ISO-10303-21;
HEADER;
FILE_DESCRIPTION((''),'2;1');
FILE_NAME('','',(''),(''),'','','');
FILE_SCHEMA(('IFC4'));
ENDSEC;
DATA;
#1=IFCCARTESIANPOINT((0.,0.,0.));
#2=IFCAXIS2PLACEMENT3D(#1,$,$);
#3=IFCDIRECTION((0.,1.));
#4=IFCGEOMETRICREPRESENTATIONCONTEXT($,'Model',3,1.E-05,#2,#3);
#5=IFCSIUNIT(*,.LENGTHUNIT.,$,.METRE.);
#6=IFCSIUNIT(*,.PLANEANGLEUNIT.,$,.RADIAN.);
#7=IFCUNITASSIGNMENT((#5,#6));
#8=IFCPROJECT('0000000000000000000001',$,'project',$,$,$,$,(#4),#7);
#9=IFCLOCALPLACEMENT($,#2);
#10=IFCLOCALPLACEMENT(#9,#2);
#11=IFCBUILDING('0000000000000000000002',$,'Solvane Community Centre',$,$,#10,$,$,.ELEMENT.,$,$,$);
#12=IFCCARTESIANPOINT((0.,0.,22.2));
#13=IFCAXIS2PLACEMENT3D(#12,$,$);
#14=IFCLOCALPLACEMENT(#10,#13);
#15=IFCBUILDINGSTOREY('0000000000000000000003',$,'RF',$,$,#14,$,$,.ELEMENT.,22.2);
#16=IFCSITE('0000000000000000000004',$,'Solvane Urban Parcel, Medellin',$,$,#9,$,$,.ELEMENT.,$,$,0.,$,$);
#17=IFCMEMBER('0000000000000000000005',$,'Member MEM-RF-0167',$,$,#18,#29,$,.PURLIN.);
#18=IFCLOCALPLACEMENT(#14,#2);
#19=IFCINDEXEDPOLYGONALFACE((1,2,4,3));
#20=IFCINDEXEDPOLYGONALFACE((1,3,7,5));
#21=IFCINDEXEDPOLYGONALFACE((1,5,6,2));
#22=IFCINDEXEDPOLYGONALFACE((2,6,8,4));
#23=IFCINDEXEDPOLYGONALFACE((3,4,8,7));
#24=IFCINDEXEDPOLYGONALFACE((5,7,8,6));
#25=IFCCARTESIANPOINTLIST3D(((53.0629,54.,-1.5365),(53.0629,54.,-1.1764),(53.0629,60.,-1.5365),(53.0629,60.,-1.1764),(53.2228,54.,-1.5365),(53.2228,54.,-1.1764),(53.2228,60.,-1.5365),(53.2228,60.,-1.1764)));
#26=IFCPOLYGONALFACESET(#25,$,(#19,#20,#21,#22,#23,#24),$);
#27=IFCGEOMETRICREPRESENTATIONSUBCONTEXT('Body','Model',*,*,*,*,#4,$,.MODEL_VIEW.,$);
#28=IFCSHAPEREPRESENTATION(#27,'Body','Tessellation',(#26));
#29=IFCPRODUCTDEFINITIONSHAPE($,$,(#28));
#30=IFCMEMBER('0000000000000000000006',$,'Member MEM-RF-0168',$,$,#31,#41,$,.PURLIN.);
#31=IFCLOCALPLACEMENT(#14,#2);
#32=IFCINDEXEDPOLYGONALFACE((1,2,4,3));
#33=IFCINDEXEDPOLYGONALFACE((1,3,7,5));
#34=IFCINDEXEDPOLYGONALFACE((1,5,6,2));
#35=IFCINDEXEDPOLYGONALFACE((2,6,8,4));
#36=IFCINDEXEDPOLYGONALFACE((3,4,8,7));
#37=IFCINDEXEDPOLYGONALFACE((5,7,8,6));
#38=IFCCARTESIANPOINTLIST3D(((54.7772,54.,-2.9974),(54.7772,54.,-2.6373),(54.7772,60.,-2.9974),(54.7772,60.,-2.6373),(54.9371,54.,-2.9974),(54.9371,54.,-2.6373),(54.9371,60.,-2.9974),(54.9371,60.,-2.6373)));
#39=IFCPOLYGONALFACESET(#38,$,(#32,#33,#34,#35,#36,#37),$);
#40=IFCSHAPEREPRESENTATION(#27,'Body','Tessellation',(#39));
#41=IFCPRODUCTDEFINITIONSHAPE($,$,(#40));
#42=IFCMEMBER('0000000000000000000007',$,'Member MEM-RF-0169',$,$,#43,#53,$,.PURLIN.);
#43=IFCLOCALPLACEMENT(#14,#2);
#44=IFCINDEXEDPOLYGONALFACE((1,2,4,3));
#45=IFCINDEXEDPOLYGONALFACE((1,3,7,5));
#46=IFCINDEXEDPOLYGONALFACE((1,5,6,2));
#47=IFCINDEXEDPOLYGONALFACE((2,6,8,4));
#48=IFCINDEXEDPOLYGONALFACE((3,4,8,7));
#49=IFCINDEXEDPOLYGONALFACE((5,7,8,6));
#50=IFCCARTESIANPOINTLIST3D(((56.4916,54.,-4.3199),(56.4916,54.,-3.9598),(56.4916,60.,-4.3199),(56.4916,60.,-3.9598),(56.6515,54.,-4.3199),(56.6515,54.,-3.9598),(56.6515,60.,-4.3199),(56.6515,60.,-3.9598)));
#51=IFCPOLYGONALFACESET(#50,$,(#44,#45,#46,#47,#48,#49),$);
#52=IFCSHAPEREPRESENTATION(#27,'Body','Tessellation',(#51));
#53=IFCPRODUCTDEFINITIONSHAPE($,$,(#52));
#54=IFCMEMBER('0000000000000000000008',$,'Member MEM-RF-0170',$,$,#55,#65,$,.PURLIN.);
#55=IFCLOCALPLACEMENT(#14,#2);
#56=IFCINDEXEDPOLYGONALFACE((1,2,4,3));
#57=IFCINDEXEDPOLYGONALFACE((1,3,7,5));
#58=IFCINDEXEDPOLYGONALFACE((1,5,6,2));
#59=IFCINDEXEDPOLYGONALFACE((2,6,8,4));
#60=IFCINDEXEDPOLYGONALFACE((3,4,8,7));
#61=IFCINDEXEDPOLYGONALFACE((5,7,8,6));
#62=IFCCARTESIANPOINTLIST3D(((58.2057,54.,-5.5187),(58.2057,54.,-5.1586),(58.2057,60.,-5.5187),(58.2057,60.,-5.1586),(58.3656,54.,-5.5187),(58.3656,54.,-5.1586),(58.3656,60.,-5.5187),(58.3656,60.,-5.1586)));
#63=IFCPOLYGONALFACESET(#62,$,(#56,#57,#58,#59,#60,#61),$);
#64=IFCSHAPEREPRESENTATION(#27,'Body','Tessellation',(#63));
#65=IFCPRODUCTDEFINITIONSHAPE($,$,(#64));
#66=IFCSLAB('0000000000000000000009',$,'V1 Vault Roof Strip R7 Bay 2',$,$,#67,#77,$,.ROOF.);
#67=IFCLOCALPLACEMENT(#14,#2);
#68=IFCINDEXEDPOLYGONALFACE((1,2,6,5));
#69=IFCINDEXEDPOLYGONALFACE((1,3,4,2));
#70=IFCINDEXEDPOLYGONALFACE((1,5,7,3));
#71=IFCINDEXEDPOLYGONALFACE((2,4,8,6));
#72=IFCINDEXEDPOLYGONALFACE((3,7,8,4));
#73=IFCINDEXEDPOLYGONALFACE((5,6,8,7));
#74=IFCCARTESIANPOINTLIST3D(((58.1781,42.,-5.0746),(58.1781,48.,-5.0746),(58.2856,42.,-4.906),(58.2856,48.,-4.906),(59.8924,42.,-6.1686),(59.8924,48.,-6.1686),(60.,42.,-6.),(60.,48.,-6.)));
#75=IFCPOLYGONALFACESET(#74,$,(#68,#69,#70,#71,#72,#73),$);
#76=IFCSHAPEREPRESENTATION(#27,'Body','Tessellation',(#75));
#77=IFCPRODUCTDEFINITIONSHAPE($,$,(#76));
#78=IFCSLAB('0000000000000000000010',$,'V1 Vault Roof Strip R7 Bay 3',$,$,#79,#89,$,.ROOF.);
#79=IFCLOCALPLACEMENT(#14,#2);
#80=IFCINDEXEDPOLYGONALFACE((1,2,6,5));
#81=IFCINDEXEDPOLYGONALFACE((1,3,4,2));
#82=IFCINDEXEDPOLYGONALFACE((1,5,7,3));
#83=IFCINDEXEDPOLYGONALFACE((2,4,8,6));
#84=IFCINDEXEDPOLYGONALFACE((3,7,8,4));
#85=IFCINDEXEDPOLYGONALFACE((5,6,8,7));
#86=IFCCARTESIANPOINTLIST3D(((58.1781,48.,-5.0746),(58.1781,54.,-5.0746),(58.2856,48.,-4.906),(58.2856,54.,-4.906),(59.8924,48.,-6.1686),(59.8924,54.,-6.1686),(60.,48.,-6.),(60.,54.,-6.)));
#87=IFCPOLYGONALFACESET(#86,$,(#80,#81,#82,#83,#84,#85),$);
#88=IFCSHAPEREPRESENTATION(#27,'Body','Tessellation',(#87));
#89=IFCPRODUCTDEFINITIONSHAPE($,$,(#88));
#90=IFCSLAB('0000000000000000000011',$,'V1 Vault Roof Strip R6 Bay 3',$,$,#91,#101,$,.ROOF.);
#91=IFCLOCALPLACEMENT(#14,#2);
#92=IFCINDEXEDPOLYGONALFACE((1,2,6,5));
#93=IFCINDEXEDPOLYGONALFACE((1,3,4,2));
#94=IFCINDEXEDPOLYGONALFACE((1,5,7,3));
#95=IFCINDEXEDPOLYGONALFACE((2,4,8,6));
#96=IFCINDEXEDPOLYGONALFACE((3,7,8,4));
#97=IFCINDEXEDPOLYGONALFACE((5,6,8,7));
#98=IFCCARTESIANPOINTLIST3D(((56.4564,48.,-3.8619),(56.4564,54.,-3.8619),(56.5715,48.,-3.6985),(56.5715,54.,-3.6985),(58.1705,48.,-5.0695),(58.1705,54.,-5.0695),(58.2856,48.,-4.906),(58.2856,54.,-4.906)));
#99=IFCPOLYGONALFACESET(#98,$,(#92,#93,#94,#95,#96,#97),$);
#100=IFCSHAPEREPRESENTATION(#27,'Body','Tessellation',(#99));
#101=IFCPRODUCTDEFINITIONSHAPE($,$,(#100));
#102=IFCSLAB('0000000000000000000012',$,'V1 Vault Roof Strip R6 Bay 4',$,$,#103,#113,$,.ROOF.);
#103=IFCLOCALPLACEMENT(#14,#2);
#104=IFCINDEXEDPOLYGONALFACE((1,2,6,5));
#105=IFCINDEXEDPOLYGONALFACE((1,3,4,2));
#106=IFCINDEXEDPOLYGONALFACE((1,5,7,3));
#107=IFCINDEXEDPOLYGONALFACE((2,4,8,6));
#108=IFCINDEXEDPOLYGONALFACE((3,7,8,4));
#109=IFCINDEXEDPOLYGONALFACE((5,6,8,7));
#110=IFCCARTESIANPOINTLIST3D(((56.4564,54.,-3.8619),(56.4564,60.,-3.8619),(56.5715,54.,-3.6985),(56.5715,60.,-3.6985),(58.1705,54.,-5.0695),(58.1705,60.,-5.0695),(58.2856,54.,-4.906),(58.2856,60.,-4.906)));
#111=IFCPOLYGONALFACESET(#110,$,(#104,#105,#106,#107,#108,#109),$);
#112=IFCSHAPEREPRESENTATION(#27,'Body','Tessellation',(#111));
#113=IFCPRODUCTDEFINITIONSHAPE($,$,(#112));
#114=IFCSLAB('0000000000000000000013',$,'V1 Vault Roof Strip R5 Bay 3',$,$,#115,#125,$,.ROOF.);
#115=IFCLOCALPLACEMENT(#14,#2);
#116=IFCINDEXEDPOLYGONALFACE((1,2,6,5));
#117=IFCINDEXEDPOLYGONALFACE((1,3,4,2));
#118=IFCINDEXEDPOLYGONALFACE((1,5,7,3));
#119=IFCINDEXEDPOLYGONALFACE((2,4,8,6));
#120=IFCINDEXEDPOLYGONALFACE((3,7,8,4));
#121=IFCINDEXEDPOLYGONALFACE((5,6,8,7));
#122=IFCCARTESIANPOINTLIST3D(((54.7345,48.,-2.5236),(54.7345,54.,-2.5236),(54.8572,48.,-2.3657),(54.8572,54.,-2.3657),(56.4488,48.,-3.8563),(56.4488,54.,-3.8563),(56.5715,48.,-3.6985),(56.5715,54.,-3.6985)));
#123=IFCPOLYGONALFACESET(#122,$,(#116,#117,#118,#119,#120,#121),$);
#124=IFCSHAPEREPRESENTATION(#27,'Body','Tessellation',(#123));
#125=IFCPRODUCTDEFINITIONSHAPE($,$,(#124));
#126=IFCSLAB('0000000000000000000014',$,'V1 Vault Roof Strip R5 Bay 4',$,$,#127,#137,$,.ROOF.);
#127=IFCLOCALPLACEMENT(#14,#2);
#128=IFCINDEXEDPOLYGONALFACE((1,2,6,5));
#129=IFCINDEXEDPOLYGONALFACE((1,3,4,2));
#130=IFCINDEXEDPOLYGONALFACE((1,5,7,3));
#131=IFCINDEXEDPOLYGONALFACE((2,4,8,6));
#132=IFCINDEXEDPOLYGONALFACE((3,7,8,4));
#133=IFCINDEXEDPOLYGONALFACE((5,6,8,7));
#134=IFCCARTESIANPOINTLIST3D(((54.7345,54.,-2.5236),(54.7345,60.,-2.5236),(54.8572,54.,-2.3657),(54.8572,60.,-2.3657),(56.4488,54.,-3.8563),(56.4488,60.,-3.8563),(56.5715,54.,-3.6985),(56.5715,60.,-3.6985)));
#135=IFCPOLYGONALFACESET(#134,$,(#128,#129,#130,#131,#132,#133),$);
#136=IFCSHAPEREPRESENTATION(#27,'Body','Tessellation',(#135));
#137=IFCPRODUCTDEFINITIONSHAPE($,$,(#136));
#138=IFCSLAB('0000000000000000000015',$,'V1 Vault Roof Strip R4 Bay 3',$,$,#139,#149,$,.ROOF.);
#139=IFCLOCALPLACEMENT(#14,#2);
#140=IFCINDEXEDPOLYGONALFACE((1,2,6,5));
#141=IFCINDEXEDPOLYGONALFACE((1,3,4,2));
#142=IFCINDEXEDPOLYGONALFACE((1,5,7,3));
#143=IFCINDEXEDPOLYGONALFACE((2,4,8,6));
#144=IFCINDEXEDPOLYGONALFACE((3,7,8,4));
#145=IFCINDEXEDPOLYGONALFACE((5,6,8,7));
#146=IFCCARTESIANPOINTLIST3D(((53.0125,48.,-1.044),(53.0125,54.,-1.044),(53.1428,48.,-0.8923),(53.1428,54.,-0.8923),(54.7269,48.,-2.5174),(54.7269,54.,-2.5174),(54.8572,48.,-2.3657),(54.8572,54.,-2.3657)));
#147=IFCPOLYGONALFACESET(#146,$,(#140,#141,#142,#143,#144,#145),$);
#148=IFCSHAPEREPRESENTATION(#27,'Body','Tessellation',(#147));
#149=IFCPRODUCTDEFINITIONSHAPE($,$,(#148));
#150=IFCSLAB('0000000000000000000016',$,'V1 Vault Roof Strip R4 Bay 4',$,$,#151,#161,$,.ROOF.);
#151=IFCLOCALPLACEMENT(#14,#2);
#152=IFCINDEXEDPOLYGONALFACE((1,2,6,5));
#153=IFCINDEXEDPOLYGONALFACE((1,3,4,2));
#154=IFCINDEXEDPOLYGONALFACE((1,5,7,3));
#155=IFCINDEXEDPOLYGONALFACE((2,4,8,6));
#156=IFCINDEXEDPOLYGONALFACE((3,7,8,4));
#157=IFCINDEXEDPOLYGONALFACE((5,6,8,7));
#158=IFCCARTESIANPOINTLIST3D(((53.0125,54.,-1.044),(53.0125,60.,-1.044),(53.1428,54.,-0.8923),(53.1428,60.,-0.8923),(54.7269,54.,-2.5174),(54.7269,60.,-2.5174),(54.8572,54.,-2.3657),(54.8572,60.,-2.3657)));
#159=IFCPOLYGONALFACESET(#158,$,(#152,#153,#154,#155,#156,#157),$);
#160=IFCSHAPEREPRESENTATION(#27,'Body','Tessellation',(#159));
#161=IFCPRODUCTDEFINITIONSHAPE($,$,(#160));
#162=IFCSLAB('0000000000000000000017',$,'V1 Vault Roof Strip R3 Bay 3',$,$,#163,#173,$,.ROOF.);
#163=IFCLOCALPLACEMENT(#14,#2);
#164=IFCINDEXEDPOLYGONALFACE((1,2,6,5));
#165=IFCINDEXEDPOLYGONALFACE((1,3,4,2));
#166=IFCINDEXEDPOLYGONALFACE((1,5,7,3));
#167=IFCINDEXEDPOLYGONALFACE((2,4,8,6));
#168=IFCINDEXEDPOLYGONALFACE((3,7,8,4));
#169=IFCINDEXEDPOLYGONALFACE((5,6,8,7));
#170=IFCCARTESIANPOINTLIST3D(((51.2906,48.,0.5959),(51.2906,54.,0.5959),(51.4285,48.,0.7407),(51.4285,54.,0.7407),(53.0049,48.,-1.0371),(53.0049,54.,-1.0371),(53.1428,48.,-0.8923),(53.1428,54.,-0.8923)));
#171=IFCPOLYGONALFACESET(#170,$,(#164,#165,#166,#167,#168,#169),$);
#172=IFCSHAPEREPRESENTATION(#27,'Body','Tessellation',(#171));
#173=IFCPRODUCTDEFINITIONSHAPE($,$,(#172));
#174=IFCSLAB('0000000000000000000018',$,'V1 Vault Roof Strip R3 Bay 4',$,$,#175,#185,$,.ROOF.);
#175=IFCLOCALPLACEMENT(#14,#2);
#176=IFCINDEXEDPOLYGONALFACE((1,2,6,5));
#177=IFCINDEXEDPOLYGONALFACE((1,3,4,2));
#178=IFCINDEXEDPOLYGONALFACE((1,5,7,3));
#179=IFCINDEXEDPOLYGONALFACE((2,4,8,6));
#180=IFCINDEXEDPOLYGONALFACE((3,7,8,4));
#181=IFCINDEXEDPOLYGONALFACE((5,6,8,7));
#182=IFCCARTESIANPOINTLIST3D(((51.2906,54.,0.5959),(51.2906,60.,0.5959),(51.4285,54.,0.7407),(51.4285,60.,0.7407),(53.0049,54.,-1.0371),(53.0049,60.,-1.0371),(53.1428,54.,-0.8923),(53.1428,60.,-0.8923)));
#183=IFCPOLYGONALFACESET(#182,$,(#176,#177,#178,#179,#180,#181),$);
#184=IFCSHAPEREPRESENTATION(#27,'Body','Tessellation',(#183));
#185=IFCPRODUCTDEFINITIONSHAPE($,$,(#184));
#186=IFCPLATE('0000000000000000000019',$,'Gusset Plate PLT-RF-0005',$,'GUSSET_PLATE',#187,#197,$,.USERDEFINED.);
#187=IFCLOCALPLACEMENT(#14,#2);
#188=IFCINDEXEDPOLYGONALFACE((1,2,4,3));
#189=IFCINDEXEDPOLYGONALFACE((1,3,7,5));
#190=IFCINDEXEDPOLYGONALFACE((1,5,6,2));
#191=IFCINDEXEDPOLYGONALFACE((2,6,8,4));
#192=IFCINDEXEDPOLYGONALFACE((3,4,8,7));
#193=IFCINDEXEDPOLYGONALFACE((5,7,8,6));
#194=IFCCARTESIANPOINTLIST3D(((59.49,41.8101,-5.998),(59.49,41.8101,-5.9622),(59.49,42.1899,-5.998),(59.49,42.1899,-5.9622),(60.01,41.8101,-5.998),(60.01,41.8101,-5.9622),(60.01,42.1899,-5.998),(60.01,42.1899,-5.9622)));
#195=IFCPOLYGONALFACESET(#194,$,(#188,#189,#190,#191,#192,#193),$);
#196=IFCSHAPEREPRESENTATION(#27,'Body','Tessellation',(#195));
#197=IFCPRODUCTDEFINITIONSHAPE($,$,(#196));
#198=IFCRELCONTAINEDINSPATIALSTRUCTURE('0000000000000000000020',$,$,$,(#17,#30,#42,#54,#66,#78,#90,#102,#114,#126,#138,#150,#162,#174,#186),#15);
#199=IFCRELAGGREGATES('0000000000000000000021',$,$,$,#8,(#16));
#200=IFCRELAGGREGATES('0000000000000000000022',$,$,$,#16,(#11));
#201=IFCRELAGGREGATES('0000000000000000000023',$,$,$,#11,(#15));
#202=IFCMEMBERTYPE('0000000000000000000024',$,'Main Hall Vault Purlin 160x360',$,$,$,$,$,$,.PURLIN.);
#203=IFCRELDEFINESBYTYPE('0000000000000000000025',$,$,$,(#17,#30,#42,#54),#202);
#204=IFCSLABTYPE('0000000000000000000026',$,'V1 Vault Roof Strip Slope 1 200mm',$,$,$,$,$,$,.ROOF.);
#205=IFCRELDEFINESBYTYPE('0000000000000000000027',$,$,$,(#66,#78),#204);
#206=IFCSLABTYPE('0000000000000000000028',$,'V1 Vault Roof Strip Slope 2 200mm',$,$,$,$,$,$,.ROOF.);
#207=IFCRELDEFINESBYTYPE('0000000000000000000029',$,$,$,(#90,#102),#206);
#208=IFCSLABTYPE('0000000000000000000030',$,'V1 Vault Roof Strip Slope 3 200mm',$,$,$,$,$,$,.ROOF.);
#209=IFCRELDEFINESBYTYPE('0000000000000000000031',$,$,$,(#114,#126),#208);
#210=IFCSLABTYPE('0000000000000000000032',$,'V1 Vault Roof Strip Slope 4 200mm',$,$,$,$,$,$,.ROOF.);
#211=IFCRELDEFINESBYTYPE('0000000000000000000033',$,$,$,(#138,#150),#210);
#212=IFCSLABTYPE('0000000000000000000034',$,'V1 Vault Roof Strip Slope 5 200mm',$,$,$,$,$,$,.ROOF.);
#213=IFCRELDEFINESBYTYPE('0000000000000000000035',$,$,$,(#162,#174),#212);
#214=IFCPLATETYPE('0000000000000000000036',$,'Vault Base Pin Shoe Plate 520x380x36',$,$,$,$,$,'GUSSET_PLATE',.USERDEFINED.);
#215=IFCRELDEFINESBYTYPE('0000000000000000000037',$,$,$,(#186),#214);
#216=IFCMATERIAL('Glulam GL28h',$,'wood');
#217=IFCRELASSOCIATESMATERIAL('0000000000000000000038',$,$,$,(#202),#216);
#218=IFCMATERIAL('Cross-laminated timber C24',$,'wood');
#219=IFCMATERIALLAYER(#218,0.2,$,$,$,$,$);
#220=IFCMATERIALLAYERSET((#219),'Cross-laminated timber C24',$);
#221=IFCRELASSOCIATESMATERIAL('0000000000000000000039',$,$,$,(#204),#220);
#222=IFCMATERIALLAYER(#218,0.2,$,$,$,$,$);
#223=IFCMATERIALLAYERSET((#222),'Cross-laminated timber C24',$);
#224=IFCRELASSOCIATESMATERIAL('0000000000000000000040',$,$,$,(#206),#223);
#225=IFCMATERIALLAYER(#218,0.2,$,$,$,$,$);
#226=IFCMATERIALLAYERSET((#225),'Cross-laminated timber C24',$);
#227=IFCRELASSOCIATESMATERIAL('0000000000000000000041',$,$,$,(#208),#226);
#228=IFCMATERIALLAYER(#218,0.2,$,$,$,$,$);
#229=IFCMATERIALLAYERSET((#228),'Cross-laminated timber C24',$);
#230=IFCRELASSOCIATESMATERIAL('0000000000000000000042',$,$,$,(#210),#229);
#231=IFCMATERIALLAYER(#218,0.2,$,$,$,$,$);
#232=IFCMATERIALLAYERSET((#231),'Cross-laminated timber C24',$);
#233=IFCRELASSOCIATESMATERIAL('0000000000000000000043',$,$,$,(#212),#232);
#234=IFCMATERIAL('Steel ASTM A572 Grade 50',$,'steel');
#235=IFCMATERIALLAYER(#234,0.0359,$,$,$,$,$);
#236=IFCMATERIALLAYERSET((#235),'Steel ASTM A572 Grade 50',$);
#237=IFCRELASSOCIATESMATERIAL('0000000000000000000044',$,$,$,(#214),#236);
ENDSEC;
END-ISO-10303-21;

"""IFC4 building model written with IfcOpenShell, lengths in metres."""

from ifc_helpers import new_model, si_unit, direction, frame, origin, origin_2d, place, context, subcontext, project, spatial, polyline, rectangle, outline, extrude, material, layer, layer_set, material_profile, profile_set, type_object, element, save


model = new_model("IFC4")

# Units and contexts
model_context = context("Model", 3, precision=1e-05, world=origin(), true_north=direction((0.0, 1.0)))
body_context = subcontext(model_context, "Body", "Model", "MODEL_VIEW")
ifc_project = project(units=[si_unit("LENGTHUNIT", "METRE"), si_unit("PLANEANGLEUNIT", "RADIAN")], contexts=[model_context])

# Site, building, storey
site_placement = place(None, origin())
site = spatial("IfcSite", under=ifc_project, at=site_placement, Name="Solvane Urban Parcel, Medellin", CompositionType="ELEMENT", RefElevation=0.0)
building_placement = place(site_placement, origin())
building = spatial("IfcBuilding", under=site, at=building_placement, Name="Solvane Community Centre", CompositionType="ELEMENT")
storey_placement = place(building_placement, frame((0.0, 0.0, 22.2)))
storey = spatial("IfcBuildingStorey", under=building, at=storey_placement, Name="RF", CompositionType="ELEMENT", Elevation=22.2)

# Members
ifc_material_1 = material(Name="Glulam GL28h", Category="wood")
ifc_material_profile_1 = material_profile(ifc_material_1, rectangle(XDim=0.1599, YDim=0.3601, at=origin_2d()), Name="GL28h 160x360")
ifc_profile_set_1 = profile_set([ifc_material_profile_1], Name="Glulam GL28h")
member_type_1 = type_object("IfcMemberType", Name="Main Hall Vault Purlin 160x360", PredefinedType="PURLIN", material=ifc_profile_set_1)
for number, where, z_axis, x_axis, name in (
    (1, (53.1428, 54.0, -1.3564), (0.0, 1.0, 0.0), (-1.0, 0.0, 0.0), "Member MEM-RF-0167"),
    (2, (54.8572, 54.0, -2.8174), (0.0, 1.0, 0.0), (-1.0, 0.0, 0.0), "Member MEM-RF-0168"),
    (3, (56.5715, 54.0, -4.1399), (0.0, 1.0, 0.0), (-1.0, 0.0, 0.0), "Member MEM-RF-0169"),
    (4, (58.2856, 54.0, -5.3386), (0.0, 1.0, 0.0), (-1.0, 0.0, 0.0), "Member MEM-RF-0170"),
):
    element("IfcMember", number, at=place(storey_placement, frame(where, z_axis=z_axis, x_axis=x_axis)), inside=storey, type_object=member_type_1, Name=name, PredefinedType="PURLIN", context=body_context, shape_type="SweptSolid", body=[
        extrude(rectangle(XDim=0.1599, YDim=0.3601, at=origin_2d()), origin(), (0.0, 0.0, 1.0), 6.0),
    ])

# Slabs
ifc_material_2 = material(Name="Cross-laminated timber C24", Category="wood")
ifc_layer_1 = layer(ifc_material_2, 0.2)
ifc_layer_set_1 = layer_set([ifc_layer_1], Name="Cross-laminated timber C24")
slab_type_1 = type_object("IfcSlabType", Name="V1 Vault Roof Strip Slope 1 200mm", PredefinedType="ROOF", material=ifc_layer_set_1)
for number, where, z_axis, x_axis, name in (
    (5, (58.2856, 42.0, -4.906), (0.537939, 0.0, 0.842984), (0.842984, 0.0, -0.537939), "V1 Vault Roof Strip R7 Bay 2"),
    (6, (58.2856, 48.0, -4.906), (0.537939, 0.0, 0.842984), (0.842984, 0.0, -0.537939), "V1 Vault Roof Strip R7 Bay 3"),
):
    element("IfcSlab", number, at=place(storey_placement, frame(where, z_axis=z_axis, x_axis=x_axis)), inside=storey, type_object=slab_type_1, Name=name, PredefinedType="ROOF", context=body_context, shape_type="SweptSolid", body=[
        extrude(outline(polyline([(0.0, 0.0), (2.0337, 0.0), (2.0337, 6.0), (0.0, 6.0), (0.0, 0.0)])), origin(), (0.0, 0.0, -1.0), 0.2),
    ])
ifc_layer_2 = layer(ifc_material_2, 0.2)
ifc_layer_set_2 = layer_set([ifc_layer_2], Name="Cross-laminated timber C24")
slab_type_2 = type_object("IfcSlabType", Name="V1 Vault Roof Strip Slope 2 200mm", PredefinedType="ROOF", material=ifc_layer_set_2)
for number, where, z_axis, x_axis, name in (
    (7, (56.5715, 48.0, -3.6985), (0.575906, 0.0, 0.817516), (0.817516, 0.0, -0.575906), "V1 Vault Roof Strip R6 Bay 3"),
    (8, (56.5715, 54.0, -3.6985), (0.575906, 0.0, 0.817516), (0.817516, 0.0, -0.575906), "V1 Vault Roof Strip R6 Bay 4"),
):
    element("IfcSlab", number, at=place(storey_placement, frame(where, z_axis=z_axis, x_axis=x_axis)), inside=storey, type_object=slab_type_2, Name=name, PredefinedType="ROOF", context=body_context, shape_type="SweptSolid", body=[
        extrude(outline(polyline([(0.0, 0.0), (2.0967, 0.0), (2.0967, 6.0), (0.0, 6.0), (0.0, 0.0)])), origin(), (0.0, 0.0, -1.0), 0.2),
    ])
ifc_layer_3 = layer(ifc_material_2, 0.2)
ifc_layer_set_3 = layer_set([ifc_layer_3], Name="Cross-laminated timber C24")
slab_type_3 = type_object("IfcSlabType", Name="V1 Vault Roof Strip Slope 3 200mm", PredefinedType="ROOF", material=ifc_layer_set_3)
for number, where, z_axis, x_axis, name in (
    (9, (54.8572, 48.0, -2.3657), (0.613762, 0.0, 0.789491), (0.789491, 0.0, -0.613762), "V1 Vault Roof Strip R5 Bay 3"),
    (10, (54.8572, 54.0, -2.3657), (0.613762, 0.0, 0.789491), (0.789491, 0.0, -0.613762), "V1 Vault Roof Strip R5 Bay 4"),
):
    element("IfcSlab", number, at=place(storey_placement, frame(where, z_axis=z_axis, x_axis=x_axis)), inside=storey, type_object=slab_type_3, Name=name, PredefinedType="ROOF", context=body_context, shape_type="SweptSolid", body=[
        extrude(outline(polyline([(0.0, 0.0), (2.1715, 0.0), (2.1715, 6.0), (0.0, 6.0), (0.0, 0.0)])), origin(), (0.0, 0.0, -1.0), 0.2),
    ])
ifc_layer_4 = layer(ifc_material_2, 0.2)
ifc_layer_set_4 = layer_set([ifc_layer_4], Name="Cross-laminated timber C24")
slab_type_4 = type_object("IfcSlabType", Name="V1 Vault Roof Strip Slope 4 200mm", PredefinedType="ROOF", material=ifc_layer_set_4)
for number, where, z_axis, x_axis, name in (
    (11, (53.1428, 48.0, -0.8923), (0.651796, 0.0, 0.758394), (0.758394, 0.0, -0.651796), "V1 Vault Roof Strip R4 Bay 3"),
    (12, (53.1428, 54.0, -0.8923), (0.651796, 0.0, 0.758394), (0.758394, 0.0, -0.651796), "V1 Vault Roof Strip R4 Bay 4"),
):
    element("IfcSlab", number, at=place(storey_placement, frame(where, z_axis=z_axis, x_axis=x_axis)), inside=storey, type_object=slab_type_4, Name=name, PredefinedType="ROOF", context=body_context, shape_type="SweptSolid", body=[
        extrude(outline(polyline([(0.0, 0.0), (2.2605, 0.0), (2.2605, 6.0), (0.0, 6.0), (0.0, 0.0)])), origin(), (0.0, 0.0, -1.0), 0.2),
    ])
ifc_layer_5 = layer(ifc_material_2, 0.2)
ifc_layer_set_5 = layer_set([ifc_layer_5], Name="Cross-laminated timber C24")
slab_type_5 = type_object("IfcSlabType", Name="V1 Vault Roof Strip Slope 5 200mm", PredefinedType="ROOF", material=ifc_layer_set_5)
for number, where, z_axis, x_axis, name in (
    (13, (51.4285, 48.0, 0.7407), (0.68973, 0.0, 0.724067), (0.724067, 0.0, -0.68973), "V1 Vault Roof Strip R3 Bay 3"),
    (14, (51.4285, 54.0, 0.7407), (0.68973, 0.0, 0.724067), (0.724067, 0.0, -0.68973), "V1 Vault Roof Strip R3 Bay 4"),
):
    element("IfcSlab", number, at=place(storey_placement, frame(where, z_axis=z_axis, x_axis=x_axis)), inside=storey, type_object=slab_type_5, Name=name, PredefinedType="ROOF", context=body_context, shape_type="SweptSolid", body=[
        extrude(outline(polyline([(0.0, 0.0), (2.3677, 0.0), (2.3677, 6.0), (0.0, 6.0), (0.0, 0.0)])), origin(), (0.0, 0.0, -1.0), 0.2),
    ])

# Plate
ifc_material_3 = material(Name="Steel ASTM A572 Grade 50", Category="steel")
ifc_layer_6 = layer(ifc_material_3, 0.0359)
ifc_layer_set_6 = layer_set([ifc_layer_6], Name="Steel ASTM A572 Grade 50")
plate_type = type_object("IfcPlateType", Name="Vault Base Pin Shoe Plate 520x380x36", ElementType="GUSSET_PLATE", PredefinedType="USERDEFINED", material=ifc_layer_set_6)
plate_placement = place(storey_placement, frame((59.75, 42.0, -5.998), z_axis=(0.0, 0.0, 1.0), x_axis=(1.0, 0.0, 0.0)))
element("IfcPlate", 15, at=plate_placement, inside=storey, type_object=plate_type, Name="Gusset Plate PLT-RF-0005", ObjectType="GUSSET_PLATE", PredefinedType="USERDEFINED", context=body_context, shape_type="SweptSolid", body=[
    extrude(rectangle(XDim=0.52, YDim=0.3799, at=origin_2d()), origin(), (0.0, 0.0, 1.0), 0.0359),
])

save(model, "model.ifc")
